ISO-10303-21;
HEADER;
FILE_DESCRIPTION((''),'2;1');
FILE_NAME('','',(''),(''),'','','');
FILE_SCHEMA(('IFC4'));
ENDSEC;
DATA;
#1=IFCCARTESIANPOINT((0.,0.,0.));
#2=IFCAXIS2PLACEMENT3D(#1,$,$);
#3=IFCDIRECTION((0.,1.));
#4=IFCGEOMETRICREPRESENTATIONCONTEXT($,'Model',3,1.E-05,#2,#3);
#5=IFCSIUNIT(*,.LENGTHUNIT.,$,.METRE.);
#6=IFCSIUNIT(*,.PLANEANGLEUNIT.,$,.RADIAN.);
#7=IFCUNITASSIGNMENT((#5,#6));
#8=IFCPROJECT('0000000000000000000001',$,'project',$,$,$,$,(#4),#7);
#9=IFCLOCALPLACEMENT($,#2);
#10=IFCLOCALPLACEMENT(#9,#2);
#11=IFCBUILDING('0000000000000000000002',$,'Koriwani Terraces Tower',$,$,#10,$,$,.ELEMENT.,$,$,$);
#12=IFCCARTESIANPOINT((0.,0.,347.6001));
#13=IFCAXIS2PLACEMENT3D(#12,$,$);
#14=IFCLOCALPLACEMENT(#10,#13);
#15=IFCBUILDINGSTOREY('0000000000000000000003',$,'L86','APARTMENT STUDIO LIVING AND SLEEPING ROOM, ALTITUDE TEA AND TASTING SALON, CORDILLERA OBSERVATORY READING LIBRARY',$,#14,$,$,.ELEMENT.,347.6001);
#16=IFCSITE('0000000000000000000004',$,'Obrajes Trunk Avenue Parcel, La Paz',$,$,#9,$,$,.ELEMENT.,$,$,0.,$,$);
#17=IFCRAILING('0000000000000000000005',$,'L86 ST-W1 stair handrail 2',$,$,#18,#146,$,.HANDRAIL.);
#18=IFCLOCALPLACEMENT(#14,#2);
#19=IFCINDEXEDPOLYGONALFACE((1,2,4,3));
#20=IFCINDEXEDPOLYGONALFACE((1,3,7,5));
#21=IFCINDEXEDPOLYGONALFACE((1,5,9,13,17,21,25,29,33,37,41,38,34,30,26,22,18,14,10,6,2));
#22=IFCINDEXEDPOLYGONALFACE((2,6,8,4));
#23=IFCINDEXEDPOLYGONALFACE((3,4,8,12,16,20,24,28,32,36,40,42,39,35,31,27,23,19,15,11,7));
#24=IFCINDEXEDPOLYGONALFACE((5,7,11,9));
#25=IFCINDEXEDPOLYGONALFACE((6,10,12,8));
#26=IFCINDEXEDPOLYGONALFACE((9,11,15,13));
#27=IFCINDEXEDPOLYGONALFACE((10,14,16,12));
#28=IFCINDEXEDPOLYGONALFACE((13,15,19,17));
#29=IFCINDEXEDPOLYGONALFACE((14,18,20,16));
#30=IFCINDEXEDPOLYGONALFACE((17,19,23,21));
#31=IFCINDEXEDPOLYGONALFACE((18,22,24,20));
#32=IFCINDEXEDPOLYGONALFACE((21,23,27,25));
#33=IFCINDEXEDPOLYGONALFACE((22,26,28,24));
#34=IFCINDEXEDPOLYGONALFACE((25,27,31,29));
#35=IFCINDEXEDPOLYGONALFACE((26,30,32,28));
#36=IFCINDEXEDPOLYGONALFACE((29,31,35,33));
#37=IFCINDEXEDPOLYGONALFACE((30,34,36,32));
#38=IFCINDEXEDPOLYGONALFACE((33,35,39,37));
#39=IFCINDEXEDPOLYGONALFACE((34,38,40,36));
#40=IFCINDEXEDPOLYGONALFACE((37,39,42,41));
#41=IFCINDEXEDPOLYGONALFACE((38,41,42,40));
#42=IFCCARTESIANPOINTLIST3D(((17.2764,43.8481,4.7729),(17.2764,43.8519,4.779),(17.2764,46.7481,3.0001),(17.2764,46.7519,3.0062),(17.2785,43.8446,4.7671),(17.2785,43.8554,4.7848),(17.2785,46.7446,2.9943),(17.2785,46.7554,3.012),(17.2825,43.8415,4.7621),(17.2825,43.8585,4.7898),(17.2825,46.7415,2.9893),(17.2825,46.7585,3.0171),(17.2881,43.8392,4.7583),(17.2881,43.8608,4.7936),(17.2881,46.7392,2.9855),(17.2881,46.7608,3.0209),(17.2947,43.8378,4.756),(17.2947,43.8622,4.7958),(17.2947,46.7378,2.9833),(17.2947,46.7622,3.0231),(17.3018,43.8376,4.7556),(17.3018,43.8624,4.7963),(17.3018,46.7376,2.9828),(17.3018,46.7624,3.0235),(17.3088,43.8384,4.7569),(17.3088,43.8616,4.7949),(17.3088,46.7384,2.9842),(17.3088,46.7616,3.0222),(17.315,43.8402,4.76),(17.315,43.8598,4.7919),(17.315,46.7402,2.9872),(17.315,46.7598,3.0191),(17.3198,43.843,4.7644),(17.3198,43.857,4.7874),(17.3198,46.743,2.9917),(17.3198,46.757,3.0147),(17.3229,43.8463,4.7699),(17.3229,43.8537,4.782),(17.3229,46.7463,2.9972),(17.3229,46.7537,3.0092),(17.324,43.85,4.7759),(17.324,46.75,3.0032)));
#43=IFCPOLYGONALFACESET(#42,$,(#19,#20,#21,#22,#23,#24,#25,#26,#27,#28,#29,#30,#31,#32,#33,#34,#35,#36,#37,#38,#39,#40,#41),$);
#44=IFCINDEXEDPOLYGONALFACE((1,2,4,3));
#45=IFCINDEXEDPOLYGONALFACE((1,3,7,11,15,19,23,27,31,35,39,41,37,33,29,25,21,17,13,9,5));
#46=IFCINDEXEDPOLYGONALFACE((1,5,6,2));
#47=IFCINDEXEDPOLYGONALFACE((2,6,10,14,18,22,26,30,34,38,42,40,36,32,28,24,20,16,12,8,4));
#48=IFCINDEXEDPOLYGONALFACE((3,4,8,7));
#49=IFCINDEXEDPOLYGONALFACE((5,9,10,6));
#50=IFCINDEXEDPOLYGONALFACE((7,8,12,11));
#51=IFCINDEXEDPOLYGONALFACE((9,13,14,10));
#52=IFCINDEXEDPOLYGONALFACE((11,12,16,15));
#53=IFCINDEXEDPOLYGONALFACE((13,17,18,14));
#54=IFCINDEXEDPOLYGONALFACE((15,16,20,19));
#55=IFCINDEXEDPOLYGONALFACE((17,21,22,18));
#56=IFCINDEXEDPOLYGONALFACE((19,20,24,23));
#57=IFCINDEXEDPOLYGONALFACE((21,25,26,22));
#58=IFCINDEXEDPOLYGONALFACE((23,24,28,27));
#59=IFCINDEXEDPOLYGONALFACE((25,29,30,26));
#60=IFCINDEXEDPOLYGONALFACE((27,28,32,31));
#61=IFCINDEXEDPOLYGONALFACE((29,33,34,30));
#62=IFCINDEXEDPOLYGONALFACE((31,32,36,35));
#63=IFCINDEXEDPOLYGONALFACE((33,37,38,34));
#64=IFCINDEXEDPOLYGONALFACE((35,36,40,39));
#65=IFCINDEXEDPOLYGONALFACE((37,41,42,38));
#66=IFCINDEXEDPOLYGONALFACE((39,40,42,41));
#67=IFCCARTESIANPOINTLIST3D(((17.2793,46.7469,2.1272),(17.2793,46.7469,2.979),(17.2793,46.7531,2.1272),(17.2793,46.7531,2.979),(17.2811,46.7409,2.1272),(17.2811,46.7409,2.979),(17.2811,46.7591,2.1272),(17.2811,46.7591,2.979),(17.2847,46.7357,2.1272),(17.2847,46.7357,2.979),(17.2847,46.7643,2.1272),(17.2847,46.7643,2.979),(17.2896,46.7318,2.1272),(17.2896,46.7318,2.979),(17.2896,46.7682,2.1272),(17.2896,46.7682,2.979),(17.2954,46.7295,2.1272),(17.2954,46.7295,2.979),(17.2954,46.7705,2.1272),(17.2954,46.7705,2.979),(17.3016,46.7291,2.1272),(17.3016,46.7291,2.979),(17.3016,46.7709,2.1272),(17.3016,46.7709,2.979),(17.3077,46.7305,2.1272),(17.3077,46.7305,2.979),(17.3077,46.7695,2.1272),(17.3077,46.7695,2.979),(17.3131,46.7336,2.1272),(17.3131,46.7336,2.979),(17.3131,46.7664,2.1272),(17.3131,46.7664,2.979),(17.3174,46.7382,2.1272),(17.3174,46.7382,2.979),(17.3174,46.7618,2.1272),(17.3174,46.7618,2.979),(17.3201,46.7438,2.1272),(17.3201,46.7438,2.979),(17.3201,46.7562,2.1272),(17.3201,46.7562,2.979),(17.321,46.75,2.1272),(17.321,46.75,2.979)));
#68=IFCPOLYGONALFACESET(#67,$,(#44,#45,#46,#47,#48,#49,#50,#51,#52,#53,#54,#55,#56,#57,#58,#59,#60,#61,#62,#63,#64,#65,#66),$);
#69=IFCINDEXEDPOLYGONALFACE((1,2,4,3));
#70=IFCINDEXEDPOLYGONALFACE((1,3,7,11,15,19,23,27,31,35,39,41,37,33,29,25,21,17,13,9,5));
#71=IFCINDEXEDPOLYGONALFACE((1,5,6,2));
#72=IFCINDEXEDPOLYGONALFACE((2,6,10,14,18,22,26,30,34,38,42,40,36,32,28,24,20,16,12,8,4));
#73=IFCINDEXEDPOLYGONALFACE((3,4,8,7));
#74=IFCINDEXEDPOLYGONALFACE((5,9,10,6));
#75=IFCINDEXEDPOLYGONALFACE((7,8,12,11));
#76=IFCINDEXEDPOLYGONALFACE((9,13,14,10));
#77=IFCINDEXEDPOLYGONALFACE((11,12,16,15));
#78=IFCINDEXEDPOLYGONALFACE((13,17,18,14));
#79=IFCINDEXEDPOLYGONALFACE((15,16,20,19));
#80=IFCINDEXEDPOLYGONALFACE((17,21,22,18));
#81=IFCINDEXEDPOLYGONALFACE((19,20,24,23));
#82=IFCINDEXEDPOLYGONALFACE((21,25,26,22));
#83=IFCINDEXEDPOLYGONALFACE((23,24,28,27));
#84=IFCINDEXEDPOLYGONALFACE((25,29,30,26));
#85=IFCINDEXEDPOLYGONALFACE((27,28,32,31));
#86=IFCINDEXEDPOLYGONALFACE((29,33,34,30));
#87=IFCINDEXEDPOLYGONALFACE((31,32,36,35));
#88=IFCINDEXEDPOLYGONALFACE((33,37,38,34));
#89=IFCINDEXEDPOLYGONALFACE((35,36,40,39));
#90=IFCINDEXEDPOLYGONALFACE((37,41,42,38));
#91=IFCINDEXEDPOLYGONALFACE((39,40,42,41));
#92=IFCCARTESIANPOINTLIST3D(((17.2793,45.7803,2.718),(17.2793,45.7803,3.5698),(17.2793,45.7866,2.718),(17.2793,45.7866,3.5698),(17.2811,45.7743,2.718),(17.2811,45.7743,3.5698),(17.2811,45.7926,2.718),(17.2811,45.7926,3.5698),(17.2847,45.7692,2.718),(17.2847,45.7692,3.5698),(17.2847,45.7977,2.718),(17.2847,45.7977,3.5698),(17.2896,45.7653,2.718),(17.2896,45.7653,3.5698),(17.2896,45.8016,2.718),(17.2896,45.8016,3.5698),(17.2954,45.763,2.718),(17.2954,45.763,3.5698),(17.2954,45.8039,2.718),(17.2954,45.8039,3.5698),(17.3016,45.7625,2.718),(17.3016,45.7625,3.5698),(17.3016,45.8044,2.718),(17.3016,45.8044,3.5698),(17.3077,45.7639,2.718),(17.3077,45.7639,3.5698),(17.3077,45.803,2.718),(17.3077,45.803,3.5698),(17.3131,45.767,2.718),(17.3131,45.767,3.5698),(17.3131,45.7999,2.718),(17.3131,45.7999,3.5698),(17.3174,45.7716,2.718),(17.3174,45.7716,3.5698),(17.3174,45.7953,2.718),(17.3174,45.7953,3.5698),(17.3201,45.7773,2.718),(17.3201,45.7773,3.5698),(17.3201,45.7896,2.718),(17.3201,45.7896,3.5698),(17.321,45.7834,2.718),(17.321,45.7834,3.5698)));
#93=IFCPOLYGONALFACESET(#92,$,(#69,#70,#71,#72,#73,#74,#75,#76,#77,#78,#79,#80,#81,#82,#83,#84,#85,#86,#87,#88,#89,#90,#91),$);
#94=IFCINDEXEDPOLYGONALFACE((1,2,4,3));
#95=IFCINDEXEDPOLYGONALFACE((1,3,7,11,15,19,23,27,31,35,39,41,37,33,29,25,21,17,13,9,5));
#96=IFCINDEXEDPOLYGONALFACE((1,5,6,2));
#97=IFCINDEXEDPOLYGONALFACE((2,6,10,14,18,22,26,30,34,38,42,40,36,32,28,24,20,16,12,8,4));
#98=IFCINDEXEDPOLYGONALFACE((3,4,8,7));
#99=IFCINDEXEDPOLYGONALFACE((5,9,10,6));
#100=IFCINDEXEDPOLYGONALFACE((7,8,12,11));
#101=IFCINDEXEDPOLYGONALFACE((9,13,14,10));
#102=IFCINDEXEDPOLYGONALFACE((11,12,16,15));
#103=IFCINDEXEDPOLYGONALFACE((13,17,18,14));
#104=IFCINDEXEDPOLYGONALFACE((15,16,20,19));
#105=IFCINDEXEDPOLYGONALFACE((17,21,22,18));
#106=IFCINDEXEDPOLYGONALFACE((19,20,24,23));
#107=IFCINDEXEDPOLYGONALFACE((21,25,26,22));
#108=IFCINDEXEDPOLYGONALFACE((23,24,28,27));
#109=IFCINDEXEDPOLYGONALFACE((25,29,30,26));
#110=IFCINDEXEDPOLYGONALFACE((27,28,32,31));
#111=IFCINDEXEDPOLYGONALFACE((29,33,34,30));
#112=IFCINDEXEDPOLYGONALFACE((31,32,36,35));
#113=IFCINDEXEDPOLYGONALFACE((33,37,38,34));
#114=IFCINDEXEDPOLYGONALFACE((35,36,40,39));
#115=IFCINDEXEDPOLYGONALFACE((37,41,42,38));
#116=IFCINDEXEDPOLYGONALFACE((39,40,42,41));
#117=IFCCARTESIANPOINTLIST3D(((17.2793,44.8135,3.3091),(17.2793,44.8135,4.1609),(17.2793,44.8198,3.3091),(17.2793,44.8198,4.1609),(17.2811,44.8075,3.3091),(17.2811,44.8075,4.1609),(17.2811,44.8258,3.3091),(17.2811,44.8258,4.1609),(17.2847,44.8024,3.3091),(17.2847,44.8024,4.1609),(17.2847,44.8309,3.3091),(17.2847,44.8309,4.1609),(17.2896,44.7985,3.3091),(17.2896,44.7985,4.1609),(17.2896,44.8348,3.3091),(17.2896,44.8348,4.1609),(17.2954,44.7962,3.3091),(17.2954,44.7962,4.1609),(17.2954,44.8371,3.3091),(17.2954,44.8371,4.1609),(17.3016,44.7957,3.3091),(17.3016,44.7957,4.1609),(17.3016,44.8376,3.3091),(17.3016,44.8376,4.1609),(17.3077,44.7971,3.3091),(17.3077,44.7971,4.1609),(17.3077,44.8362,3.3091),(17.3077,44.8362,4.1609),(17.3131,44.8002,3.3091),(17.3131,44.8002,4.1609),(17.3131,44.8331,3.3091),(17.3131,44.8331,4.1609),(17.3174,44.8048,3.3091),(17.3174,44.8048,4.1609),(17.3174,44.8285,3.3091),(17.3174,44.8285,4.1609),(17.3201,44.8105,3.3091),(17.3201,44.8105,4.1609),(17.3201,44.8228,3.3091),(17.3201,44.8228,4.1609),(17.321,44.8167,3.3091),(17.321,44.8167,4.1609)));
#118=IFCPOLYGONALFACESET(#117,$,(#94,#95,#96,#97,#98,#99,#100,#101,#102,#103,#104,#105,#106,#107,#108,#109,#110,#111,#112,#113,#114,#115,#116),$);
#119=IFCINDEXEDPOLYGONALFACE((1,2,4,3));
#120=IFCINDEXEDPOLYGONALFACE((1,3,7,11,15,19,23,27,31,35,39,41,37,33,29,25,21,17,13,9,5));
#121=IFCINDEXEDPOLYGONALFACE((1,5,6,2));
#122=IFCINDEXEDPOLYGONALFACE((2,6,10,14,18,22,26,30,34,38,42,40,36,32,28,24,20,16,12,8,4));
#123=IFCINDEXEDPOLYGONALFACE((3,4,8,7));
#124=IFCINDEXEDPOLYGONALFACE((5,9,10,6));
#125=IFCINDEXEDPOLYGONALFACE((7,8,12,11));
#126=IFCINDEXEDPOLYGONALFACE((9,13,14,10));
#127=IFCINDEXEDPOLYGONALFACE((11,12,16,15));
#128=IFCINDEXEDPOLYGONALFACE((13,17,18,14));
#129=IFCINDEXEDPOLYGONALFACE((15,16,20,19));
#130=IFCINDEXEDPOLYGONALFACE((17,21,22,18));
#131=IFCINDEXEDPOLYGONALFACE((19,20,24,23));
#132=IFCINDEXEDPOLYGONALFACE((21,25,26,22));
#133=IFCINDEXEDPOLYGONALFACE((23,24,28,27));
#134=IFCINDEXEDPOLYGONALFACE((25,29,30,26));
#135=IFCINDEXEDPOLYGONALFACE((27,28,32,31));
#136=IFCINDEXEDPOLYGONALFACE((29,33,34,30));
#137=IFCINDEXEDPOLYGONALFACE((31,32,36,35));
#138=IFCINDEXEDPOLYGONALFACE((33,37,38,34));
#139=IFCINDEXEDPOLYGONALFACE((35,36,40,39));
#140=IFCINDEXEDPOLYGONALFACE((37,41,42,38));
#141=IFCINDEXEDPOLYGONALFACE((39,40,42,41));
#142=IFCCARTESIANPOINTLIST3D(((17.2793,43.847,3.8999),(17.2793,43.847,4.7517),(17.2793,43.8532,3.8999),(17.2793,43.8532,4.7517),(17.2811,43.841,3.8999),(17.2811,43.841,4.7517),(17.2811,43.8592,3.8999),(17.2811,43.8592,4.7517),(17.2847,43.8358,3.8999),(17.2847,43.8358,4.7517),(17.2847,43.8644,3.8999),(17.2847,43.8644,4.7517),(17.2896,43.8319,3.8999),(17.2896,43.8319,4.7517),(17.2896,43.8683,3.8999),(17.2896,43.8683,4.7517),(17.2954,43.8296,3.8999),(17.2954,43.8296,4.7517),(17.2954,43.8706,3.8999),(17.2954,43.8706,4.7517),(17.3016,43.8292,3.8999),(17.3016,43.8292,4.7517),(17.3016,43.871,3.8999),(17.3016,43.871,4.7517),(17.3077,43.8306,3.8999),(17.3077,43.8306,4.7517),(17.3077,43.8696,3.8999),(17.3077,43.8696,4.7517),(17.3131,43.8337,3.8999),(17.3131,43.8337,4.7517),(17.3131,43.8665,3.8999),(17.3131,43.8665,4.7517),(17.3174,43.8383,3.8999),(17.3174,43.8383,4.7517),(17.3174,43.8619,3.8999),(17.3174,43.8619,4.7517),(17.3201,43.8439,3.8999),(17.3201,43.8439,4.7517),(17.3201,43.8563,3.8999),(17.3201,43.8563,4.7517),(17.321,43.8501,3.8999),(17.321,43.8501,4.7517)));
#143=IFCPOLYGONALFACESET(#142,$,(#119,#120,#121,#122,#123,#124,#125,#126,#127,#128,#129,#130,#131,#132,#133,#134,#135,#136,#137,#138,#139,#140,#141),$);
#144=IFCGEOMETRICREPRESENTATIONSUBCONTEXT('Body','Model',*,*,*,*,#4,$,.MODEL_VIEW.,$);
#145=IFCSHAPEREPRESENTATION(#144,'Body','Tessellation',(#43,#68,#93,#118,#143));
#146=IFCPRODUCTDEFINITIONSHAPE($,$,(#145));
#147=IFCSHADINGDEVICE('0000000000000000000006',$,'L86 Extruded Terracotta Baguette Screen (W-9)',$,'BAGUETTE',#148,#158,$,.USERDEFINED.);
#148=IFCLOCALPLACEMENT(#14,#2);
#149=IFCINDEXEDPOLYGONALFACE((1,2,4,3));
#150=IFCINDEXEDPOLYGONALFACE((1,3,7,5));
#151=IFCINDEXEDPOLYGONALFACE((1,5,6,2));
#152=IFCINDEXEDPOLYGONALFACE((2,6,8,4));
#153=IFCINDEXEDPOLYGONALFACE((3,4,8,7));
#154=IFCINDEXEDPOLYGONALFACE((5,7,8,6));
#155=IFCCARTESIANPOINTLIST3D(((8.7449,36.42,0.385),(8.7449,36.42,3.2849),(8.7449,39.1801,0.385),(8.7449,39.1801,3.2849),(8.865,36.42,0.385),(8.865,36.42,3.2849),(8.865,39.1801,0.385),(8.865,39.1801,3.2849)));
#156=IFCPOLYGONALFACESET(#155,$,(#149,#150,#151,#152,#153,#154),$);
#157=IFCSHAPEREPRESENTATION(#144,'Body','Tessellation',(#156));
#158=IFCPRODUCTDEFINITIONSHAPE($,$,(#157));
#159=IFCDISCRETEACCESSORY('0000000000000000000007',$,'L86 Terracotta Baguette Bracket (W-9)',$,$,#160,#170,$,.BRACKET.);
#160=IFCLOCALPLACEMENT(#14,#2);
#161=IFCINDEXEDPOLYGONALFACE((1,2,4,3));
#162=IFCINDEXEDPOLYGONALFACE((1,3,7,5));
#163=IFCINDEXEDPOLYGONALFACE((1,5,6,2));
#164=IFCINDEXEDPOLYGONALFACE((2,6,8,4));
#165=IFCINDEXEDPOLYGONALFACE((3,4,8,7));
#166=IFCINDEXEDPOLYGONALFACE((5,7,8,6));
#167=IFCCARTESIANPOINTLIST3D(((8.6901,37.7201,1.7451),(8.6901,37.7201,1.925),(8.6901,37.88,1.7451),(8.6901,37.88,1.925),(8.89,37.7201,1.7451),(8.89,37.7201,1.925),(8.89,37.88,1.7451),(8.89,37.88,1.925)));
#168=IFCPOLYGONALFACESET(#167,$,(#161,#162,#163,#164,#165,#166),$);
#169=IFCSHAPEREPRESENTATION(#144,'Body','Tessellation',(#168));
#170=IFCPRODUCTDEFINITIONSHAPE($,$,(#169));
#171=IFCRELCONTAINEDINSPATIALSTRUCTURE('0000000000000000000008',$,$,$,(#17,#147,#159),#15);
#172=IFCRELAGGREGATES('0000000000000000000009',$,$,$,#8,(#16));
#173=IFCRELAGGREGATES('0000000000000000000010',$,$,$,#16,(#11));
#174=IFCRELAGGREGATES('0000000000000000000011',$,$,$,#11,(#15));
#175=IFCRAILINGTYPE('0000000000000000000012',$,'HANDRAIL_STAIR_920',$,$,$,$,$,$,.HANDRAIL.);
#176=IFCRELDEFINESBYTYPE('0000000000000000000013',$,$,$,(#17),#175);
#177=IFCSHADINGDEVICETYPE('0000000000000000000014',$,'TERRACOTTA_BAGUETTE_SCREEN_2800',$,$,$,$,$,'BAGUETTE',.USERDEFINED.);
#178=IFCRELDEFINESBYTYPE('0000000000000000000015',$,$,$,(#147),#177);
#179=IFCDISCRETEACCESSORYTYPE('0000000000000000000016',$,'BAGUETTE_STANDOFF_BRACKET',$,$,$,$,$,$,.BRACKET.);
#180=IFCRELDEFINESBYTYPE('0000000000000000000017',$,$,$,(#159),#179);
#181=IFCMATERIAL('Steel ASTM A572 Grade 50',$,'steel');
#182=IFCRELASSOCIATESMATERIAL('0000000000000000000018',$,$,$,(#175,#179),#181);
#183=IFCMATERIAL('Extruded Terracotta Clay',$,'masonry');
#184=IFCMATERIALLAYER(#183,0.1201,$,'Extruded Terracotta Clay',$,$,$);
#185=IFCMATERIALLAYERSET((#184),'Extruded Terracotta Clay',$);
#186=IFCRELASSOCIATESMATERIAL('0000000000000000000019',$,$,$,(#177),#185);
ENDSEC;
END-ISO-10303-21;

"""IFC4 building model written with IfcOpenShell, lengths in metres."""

from ifc_helpers import new_model, si_unit, direction, frame, origin, origin_2d, place, context, subcontext, project, spatial, rectangle, circle, extrude, material, layer, layer_set, type_object, element, save


model = new_model("IFC4")

# Units and contexts
model_context = context("Model", 3, precision=1e-05, world=origin(), true_north=direction((0.0, 1.0)))
body_context = subcontext(model_context, "Body", "Model", "MODEL_VIEW")
ifc_project = project(units=[si_unit("LENGTHUNIT", "METRE"), si_unit("PLANEANGLEUNIT", "RADIAN")], contexts=[model_context])

# Site, building, storey
site_placement = place(None, origin())
site = spatial("IfcSite", under=ifc_project, at=site_placement, Name="Obrajes Trunk Avenue Parcel, La Paz", CompositionType="ELEMENT", RefElevation=0.0)
building_placement = place(site_placement, origin())
building = spatial("IfcBuilding", under=site, at=building_placement, Name="Koriwani Terraces Tower", CompositionType="ELEMENT")
storey_placement = place(building_placement, frame((0.0, 0.0, 347.6001)))
storey = spatial("IfcBuildingStorey", under=building, at=storey_placement, Name="L86", Description="APARTMENT STUDIO LIVING AND SLEEPING ROOM, ALTITUDE TEA AND TASTING SALON, CORDILLERA OBSERVATORY READING LIBRARY", CompositionType="ELEMENT", Elevation=347.6001)

# Shared definitions
ifc_material_1 = material(Name="Steel ASTM A572 Grade 50", Category="steel")

# Railing
railing_type_1 = type_object("IfcRailingType", Name="HANDRAIL_STAIR_920", PredefinedType="HANDRAIL", material=ifc_material_1)
railing_1_placement = place(storey_placement, frame((17.3, 46.75, 2.1272)))
element("IfcRailing", 1, at=railing_1_placement, inside=storey, type_object=railing_type_1, Name="L86 ST-W1 stair handrail 2", PredefinedType="HANDRAIL", context=body_context, shape_type="SweptSolid", body=[
    extrude(circle(Radius=0.0239, at=origin_2d()), frame((0.0, 0.0, 0.876), z_axis=(0.0, -0.853211, 0.521566), x_axis=(1.0, 0.0, 0.0)), (0.0, 0.0, 1.0), 3.3989),
    extrude(circle(Radius=0.021, at=origin_2d()), origin(), (0.0, 0.0, 1.0), 0.8518),
    extrude(circle(Radius=0.021, at=origin_2d()), frame((0.0, -0.9666, 0.5908)), (0.0, 0.0, 1.0), 0.8518),
    extrude(circle(Radius=0.021, at=origin_2d()), frame((0.0, -1.9333, 1.1819)), (0.0, 0.0, 1.0), 0.8518),
    extrude(circle(Radius=0.021, at=origin_2d()), frame((0.0, -2.8999, 1.7727)), (0.0, 0.0, 1.0), 0.8518),
])

# Shading device
ifc_material_2 = material(Name="Extruded Terracotta Clay", Category="masonry")
ifc_layer_1 = layer(ifc_material_2, 0.1201, Name="Extruded Terracotta Clay")
ifc_layer_set_1 = layer_set([ifc_layer_1], Name="Extruded Terracotta Clay")
shading_device_type = type_object("IfcShadingDeviceType", Name="TERRACOTTA_BAGUETTE_SCREEN_2800", ElementType="BAGUETTE", PredefinedType="USERDEFINED", material=ifc_layer_set_1)
shading_device_placement = place(storey_placement, frame((8.8049, 37.8, 0.385), z_axis=(0.0, 0.0, 1.0), x_axis=(0.0, 1.0, 0.0)))
element("IfcShadingDevice", 2, at=shading_device_placement, inside=storey, type_object=shading_device_type, Name="L86 Extruded Terracotta Baguette Screen (W-9)", ObjectType="BAGUETTE", PredefinedType="USERDEFINED", context=body_context, shape_type="SweptSolid", body=[
    extrude(rectangle(XDim=2.76, YDim=0.1201, at=origin_2d()), origin(), (0.0, 0.0, 1.0), 2.8999),
])

# Discrete accessory
discrete_accessory_type = type_object("IfcDiscreteAccessoryType", Name="BAGUETTE_STANDOFF_BRACKET", PredefinedType="BRACKET", material=ifc_material_1)
discrete_accessory_placement = place(storey_placement, frame((8.79, 37.8, 1.7451), z_axis=(0.0, 0.0, 1.0), x_axis=(0.0, 1.0, 0.0)))
element("IfcDiscreteAccessory", 3, at=discrete_accessory_placement, inside=storey, type_object=discrete_accessory_type, Name="L86 Terracotta Baguette Bracket (W-9)", PredefinedType="BRACKET", context=body_context, shape_type="SweptSolid", body=[
    extrude(rectangle(XDim=0.1599, YDim=0.2, at=origin_2d()), origin(), (0.0, 0.0, 1.0), 0.1799),
])

save(model, "model.ifc")
